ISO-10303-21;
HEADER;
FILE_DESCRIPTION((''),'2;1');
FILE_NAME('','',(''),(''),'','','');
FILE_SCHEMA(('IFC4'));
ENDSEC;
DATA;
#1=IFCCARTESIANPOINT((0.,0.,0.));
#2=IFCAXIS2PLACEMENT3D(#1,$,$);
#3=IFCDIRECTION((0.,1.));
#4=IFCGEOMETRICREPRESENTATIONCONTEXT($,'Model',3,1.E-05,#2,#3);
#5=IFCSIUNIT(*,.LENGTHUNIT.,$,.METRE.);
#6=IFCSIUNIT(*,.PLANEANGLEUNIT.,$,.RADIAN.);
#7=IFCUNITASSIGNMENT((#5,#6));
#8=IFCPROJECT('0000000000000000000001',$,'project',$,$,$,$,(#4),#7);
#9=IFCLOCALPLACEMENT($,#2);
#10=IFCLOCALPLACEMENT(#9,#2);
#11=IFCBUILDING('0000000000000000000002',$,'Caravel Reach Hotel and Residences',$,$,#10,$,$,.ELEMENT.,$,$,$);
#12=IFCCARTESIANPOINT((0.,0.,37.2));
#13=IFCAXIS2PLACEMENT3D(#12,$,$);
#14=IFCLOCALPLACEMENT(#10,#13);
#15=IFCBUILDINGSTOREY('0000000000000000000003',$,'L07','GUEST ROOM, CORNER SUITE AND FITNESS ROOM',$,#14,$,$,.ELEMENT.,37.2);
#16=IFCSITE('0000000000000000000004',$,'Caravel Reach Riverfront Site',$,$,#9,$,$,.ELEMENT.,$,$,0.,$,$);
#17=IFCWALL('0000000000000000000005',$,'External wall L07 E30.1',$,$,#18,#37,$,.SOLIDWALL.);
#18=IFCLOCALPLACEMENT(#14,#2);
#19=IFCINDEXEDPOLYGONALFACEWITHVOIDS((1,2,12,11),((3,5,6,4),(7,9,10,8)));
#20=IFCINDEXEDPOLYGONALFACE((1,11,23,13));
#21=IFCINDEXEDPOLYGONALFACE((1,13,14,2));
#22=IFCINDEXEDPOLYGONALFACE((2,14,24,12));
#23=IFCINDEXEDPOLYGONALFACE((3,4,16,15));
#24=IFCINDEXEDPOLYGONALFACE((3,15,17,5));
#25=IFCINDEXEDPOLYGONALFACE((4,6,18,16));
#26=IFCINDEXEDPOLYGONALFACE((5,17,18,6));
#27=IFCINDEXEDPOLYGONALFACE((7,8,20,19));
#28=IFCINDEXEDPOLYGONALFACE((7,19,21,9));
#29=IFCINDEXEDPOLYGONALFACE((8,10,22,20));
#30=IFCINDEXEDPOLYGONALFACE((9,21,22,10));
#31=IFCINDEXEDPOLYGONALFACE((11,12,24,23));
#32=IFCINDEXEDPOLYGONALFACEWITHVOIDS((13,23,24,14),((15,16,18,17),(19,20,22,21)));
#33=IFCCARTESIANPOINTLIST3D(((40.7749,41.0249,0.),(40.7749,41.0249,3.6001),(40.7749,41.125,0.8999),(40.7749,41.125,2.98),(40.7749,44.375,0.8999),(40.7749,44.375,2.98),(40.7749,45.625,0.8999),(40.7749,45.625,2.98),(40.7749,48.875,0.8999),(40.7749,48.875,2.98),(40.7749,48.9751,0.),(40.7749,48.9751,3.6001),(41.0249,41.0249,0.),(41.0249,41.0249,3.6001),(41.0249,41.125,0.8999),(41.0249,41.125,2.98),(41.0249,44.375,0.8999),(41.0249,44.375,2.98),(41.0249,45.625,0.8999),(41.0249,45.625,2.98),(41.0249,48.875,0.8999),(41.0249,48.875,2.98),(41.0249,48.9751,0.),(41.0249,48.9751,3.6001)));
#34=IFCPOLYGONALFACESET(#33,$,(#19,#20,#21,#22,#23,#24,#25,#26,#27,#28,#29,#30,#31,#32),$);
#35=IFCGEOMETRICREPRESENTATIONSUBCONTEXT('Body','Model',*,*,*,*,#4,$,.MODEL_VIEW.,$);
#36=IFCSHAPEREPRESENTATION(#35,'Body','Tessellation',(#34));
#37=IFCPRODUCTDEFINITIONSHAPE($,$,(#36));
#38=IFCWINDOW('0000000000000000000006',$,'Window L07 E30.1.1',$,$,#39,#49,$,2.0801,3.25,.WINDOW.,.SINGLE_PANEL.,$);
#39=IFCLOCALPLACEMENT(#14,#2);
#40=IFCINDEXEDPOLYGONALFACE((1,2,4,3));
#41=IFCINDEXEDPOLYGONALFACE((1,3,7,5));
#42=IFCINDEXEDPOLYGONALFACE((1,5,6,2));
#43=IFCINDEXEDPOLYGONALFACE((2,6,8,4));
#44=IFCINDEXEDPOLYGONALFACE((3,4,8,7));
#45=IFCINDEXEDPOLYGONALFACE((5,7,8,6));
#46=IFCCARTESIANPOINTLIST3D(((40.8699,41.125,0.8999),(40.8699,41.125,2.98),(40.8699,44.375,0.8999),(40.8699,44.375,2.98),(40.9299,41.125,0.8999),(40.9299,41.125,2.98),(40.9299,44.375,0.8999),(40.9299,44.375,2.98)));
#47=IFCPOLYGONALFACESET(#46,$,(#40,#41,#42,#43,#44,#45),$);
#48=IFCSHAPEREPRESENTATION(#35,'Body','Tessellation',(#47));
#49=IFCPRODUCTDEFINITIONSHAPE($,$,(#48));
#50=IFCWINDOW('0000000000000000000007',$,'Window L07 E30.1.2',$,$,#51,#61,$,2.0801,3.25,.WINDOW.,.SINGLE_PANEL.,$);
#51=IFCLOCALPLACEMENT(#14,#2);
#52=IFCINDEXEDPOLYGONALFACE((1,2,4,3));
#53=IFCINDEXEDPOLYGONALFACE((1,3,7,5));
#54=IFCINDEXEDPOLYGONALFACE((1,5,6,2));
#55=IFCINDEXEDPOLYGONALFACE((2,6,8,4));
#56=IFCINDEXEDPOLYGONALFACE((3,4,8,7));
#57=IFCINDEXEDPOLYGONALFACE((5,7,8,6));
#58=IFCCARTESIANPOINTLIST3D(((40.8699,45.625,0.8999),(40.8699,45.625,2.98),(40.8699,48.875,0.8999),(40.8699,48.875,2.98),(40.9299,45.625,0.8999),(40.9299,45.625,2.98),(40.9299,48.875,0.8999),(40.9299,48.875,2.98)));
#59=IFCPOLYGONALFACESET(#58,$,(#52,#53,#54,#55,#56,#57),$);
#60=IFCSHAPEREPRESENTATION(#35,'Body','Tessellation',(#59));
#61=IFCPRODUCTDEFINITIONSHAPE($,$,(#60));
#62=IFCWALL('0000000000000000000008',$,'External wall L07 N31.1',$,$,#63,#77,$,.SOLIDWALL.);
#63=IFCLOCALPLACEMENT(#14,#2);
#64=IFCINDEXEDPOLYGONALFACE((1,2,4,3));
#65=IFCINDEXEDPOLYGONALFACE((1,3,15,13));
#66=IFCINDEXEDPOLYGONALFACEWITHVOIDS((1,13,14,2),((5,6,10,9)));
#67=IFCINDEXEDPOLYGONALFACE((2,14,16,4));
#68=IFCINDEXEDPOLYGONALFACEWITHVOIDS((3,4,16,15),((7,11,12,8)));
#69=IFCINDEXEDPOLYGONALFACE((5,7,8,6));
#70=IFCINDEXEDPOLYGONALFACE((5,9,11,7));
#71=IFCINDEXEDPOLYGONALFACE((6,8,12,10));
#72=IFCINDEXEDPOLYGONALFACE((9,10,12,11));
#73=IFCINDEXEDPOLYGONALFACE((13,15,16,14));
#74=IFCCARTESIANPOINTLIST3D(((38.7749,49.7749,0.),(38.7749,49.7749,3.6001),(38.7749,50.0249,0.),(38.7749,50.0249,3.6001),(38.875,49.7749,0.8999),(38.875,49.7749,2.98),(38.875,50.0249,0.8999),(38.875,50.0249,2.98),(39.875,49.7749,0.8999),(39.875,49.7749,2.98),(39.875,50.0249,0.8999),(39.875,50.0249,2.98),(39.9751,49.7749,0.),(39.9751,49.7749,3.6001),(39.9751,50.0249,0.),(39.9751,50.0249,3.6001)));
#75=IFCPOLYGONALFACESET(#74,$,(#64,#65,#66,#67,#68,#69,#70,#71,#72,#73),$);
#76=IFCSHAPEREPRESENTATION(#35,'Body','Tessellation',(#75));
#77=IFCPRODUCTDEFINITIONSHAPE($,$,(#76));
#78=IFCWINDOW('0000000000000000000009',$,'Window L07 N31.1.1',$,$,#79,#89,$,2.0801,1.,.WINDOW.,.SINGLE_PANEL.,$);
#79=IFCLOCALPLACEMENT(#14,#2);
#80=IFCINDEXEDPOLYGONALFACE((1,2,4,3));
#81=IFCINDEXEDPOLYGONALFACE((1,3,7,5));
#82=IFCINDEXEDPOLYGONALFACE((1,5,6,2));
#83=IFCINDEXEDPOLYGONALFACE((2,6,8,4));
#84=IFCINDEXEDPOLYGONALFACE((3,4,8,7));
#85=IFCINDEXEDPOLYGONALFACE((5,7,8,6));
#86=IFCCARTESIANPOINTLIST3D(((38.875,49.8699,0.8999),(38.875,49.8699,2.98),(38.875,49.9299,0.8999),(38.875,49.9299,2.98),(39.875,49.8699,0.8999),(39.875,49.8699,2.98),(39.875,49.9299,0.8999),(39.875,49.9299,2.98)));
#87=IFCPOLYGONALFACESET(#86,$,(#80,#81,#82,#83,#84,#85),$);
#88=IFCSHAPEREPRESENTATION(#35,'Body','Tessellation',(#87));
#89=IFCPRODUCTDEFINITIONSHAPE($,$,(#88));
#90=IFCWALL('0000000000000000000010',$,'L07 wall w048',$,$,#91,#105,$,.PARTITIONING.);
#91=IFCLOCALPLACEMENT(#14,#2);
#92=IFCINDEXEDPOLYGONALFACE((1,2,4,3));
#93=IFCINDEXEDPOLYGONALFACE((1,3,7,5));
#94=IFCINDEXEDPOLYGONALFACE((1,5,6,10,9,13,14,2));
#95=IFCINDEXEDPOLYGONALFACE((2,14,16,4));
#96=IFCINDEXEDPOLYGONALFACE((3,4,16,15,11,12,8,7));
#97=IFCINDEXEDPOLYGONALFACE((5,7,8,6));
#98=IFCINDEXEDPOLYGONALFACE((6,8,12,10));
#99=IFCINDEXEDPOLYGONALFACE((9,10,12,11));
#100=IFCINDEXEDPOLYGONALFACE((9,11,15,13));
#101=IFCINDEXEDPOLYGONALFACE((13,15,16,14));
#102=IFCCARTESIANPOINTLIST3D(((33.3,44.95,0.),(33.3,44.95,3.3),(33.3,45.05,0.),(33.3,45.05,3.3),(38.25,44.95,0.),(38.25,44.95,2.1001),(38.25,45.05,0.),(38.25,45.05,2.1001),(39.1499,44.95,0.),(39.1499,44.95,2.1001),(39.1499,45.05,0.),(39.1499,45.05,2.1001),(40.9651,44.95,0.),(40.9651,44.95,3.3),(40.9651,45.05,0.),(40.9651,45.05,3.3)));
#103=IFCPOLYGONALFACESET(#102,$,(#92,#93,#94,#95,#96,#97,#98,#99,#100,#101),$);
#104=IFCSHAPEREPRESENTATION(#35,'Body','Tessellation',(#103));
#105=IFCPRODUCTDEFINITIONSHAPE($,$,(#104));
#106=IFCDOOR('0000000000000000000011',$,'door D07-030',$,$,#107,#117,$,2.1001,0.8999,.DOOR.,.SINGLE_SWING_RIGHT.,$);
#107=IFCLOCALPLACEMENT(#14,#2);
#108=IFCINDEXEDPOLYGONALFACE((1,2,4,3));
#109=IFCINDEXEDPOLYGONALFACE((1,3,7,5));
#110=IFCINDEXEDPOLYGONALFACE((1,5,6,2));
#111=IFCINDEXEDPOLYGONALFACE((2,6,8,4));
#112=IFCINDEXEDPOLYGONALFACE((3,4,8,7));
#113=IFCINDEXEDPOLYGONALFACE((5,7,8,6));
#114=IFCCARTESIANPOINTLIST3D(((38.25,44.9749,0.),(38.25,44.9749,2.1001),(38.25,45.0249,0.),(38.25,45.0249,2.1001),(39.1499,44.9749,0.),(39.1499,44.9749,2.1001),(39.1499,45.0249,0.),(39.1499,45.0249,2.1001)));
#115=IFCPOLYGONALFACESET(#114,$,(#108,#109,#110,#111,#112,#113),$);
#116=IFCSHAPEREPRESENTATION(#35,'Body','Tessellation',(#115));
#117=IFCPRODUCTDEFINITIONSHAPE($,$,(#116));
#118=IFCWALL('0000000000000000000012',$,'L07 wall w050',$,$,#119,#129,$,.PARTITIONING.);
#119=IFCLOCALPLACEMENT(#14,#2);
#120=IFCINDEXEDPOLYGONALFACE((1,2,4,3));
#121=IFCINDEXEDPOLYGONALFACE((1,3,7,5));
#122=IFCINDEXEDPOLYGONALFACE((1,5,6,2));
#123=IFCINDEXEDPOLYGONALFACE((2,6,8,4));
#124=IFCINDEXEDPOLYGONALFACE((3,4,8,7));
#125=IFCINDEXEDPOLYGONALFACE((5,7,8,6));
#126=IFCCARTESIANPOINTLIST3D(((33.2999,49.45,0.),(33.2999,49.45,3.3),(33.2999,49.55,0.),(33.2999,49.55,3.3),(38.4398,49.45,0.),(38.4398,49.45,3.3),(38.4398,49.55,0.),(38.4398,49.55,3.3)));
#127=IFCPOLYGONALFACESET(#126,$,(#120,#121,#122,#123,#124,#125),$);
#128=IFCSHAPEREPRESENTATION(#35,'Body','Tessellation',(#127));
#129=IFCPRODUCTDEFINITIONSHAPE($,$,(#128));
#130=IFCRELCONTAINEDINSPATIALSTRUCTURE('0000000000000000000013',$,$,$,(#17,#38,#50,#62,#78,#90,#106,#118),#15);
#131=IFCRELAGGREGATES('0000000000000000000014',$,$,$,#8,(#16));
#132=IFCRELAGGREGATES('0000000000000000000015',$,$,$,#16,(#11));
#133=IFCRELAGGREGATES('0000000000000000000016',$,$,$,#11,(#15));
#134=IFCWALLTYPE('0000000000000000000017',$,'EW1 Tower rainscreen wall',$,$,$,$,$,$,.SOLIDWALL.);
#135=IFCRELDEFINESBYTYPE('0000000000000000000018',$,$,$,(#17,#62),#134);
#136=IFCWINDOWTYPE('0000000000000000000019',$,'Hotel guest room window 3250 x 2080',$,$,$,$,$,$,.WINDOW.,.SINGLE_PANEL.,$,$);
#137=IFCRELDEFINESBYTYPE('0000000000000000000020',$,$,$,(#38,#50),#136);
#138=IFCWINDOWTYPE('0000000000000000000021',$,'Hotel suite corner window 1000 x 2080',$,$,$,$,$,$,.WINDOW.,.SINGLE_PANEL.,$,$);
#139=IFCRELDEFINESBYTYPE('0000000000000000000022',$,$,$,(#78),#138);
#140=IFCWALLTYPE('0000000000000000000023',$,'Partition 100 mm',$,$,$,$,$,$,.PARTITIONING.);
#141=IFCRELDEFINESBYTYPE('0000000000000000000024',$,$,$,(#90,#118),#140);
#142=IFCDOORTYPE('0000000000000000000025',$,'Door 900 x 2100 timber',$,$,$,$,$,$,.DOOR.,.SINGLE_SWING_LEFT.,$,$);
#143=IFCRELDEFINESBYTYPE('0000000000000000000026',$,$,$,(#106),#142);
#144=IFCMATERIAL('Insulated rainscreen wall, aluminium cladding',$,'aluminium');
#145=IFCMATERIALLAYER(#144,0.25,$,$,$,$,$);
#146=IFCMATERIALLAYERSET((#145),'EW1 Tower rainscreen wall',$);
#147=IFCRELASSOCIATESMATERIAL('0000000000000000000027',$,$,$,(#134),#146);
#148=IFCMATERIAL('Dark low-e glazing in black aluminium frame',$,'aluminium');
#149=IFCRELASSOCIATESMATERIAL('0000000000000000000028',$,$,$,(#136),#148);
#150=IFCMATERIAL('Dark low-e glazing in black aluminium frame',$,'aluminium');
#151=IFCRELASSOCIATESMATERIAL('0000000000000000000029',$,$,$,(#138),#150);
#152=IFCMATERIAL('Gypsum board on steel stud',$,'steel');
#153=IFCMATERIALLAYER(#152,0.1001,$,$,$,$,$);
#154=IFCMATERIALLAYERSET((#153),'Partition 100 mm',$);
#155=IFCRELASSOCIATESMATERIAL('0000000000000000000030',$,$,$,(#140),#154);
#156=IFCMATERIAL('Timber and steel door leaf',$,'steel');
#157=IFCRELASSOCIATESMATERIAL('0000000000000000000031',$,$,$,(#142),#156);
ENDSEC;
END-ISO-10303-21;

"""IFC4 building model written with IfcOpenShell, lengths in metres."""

from ifc_helpers import new_model, si_unit, direction, frame, frame_2d, origin, place, context, subcontext, project, spatial, rectangle, extrude, material, layer, layer_set, type_object, element, fill, save


model = new_model("IFC4")

# Units and contexts
model_context = context("Model", 3, precision=1e-05, world=origin(), true_north=direction((0.0, 1.0)))
body_context = subcontext(model_context, "Body", "Model", "MODEL_VIEW")
ifc_project = project(units=[si_unit("LENGTHUNIT", "METRE"), si_unit("PLANEANGLEUNIT", "RADIAN")], contexts=[model_context])

# Site, building, storey
site_placement = place(None, origin())
site = spatial("IfcSite", under=ifc_project, at=site_placement, Name="Caravel Reach Riverfront Site", CompositionType="ELEMENT", RefElevation=0.0)
building_placement = place(site_placement, origin())
building = spatial("IfcBuilding", under=site, at=building_placement, Name="Caravel Reach Hotel and Residences", CompositionType="ELEMENT")
storey_placement = place(building_placement, frame((0.0, 0.0, 37.2)))
storey = spatial("IfcBuildingStorey", under=building, at=storey_placement, Name="L07", Description="GUEST ROOM, CORNER SUITE AND FITNESS ROOM", CompositionType="ELEMENT", Elevation=37.2)

# Wall, openings, windows
ifc_material_1 = material(Name="Insulated rainscreen wall, aluminium cladding", Category="aluminium")
ifc_layer_1 = layer(ifc_material_1, 0.25)
ifc_layer_set_1 = layer_set([ifc_layer_1], Name="EW1 Tower rainscreen wall")
wall_type_1 = type_object("IfcWallType", Name="EW1 Tower rainscreen wall", PredefinedType="SOLIDWALL", material=ifc_layer_set_1)
wall_1_placement = place(storey_placement, frame((40.8999, 41.0249, 0.0), z_axis=(0.0, 0.0, 1.0), x_axis=(0.0, 1.0, 0.0)))
wall_1 = element("IfcWall", 1, at=wall_1_placement, inside=storey, type_object=wall_type_1, Name="External wall L07 E30.1", PredefinedType="SOLIDWALL", context=body_context, shape_type="SweptSolid", body=[
    extrude(rectangle(XDim=7.9502, YDim=0.25, at=frame_2d((3.9751, 0.0))), origin(), (0.0, 0.0, 1.0), 3.6001),
])
opening_1_placement = place(wall_1_placement, frame((0.1001, 0.0, 0.8999)))
opening_1 = element("IfcOpeningElement", 2, at=opening_1_placement, cuts=wall_1, PredefinedType="OPENING", context=body_context, shape_type="SweptSolid", body=[
    extrude(rectangle(XDim=3.25, YDim=2.0801, at=frame_2d((1.625, 1.04))), frame((0.0, 0.135, 0.0), z_axis=(0.0, -1.0, 0.0), x_axis=(1.0, 0.0, 0.0)), (0.0, 0.0, 1.0), 0.27),
])
opening_2_placement = place(wall_1_placement, frame((4.6001, 0.0, 0.8999)))
opening_2 = element("IfcOpeningElement", 3, at=opening_2_placement, cuts=wall_1, PredefinedType="OPENING", context=body_context, shape_type="SweptSolid", body=[
    extrude(rectangle(XDim=3.25, YDim=2.0801, at=frame_2d((1.625, 1.04))), frame((0.0, 0.135, 0.0), z_axis=(0.0, -1.0, 0.0), x_axis=(1.0, 0.0, 0.0)), (0.0, 0.0, 1.0), 0.27),
])
ifc_material_2 = material(Name="Dark low-e glazing in black aluminium frame", Category="aluminium")
window_type_1 = type_object("IfcWindowType", Name="Hotel guest room window 3250 x 2080", PartitioningType="SINGLE_PANEL", PredefinedType="WINDOW", material=ifc_material_2)
window_1_placement = place(opening_1_placement, origin())
window_1 = element("IfcWindow", 4, at=window_1_placement, inside=storey, type_object=window_type_1, Name="Window L07 E30.1.1", OverallHeight=2.0801, OverallWidth=3.25, PartitioningType="SINGLE_PANEL", PredefinedType="WINDOW", context=body_context, shape_type="SweptSolid", body=[
    extrude(rectangle(XDim=3.25, YDim=2.0801, at=frame_2d((1.625, 1.04))), frame((0.0, 0.03, 0.0), z_axis=(0.0, -1.0, 0.0), x_axis=(1.0, 0.0, 0.0)), (0.0, 0.0, 1.0), 0.0601),
])
fill(opening_1, window_1)
window_2_placement = place(opening_2_placement, origin())
window_2 = element("IfcWindow", 5, at=window_2_placement, inside=storey, type_object=window_type_1, Name="Window L07 E30.1.2", OverallHeight=2.0801, OverallWidth=3.25, PartitioningType="SINGLE_PANEL", PredefinedType="WINDOW", context=body_context, shape_type="SweptSolid", body=[
    extrude(rectangle(XDim=3.25, YDim=2.0801, at=frame_2d((1.625, 1.04))), frame((0.0, 0.03, 0.0), z_axis=(0.0, -1.0, 0.0), x_axis=(1.0, 0.0, 0.0)), (0.0, 0.0, 1.0), 0.0601),
])
fill(opening_2, window_2)

# Wall, opening, window
wall_2_placement = place(storey_placement, frame((39.9751, 49.8999, 0.0), z_axis=(0.0, 0.0, 1.0), x_axis=(-1.0, 0.0, 0.0)))
wall_2 = element("IfcWall", 6, at=wall_2_placement, inside=storey, type_object=wall_type_1, Name="External wall L07 N31.1", PredefinedType="SOLIDWALL", context=body_context, shape_type="SweptSolid", body=[
    extrude(rectangle(XDim=1.2002, YDim=0.25, at=frame_2d((0.6001, 0.0))), origin(), (0.0, 0.0, 1.0), 3.6001),
])
opening_3_placement = place(wall_2_placement, frame((0.1001, 0.0, 0.8999)))
opening_3 = element("IfcOpeningElement", 7, at=opening_3_placement, cuts=wall_2, PredefinedType="OPENING", context=body_context, shape_type="SweptSolid", body=[
    extrude(rectangle(XDim=1.0, YDim=2.0801, at=frame_2d((0.5, 1.04))), frame((0.0, 0.135, 0.0), z_axis=(0.0, -1.0, 0.0), x_axis=(1.0, 0.0, 0.0)), (0.0, 0.0, 1.0), 0.27),
])
ifc_material_3 = material(Name="Dark low-e glazing in black aluminium frame", Category="aluminium")
window_type_2 = type_object("IfcWindowType", Name="Hotel suite corner window 1000 x 2080", PartitioningType="SINGLE_PANEL", PredefinedType="WINDOW", material=ifc_material_3)
window_3_placement = place(opening_3_placement, origin())
window_3 = element("IfcWindow", 8, at=window_3_placement, inside=storey, type_object=window_type_2, Name="Window L07 N31.1.1", OverallHeight=2.0801, OverallWidth=1.0, PartitioningType="SINGLE_PANEL", PredefinedType="WINDOW", context=body_context, shape_type="SweptSolid", body=[
    extrude(rectangle(XDim=1.0, YDim=2.0801, at=frame_2d((0.5, 1.04))), frame((0.0, 0.03, 0.0), z_axis=(0.0, -1.0, 0.0), x_axis=(1.0, 0.0, 0.0)), (0.0, 0.0, 1.0), 0.0601),
])
fill(opening_3, window_3)

# Wall, opening, door
ifc_material_4 = material(Name="Gypsum board on steel stud", Category="steel")
ifc_layer_2 = layer(ifc_material_4, 0.1001)
ifc_layer_set_2 = layer_set([ifc_layer_2], Name="Partition 100 mm")
wall_type_2 = type_object("IfcWallType", Name="Partition 100 mm", PredefinedType="PARTITIONING", material=ifc_layer_set_2)
wall_3_placement = place(storey_placement, frame((33.3, 45.0, 0.0), z_axis=(0.0, 0.0, 1.0), x_axis=(1.0, 0.0, 0.0)))
wall_3 = element("IfcWall", 9, at=wall_3_placement, inside=storey, type_object=wall_type_2, Name="L07 wall w048", PredefinedType="PARTITIONING", context=body_context, shape_type="SweptSolid", body=[
    extrude(rectangle(XDim=7.665, YDim=0.1001, at=frame_2d((3.8325, 0.0))), origin(), (0.0, 0.0, 1.0), 3.3),
])
opening_4_placement = place(wall_3_placement, frame((4.95, 0.0, 0.0)))
opening_4 = element("IfcOpeningElement", 10, at=opening_4_placement, cuts=wall_3, PredefinedType="OPENING", context=body_context, shape_type="SweptSolid", body=[
    extrude(rectangle(XDim=0.8999, YDim=2.1001, at=frame_2d((0.45, 1.05))), frame((0.0, 0.0601, 0.0), z_axis=(0.0, -1.0, 0.0), x_axis=(1.0, 0.0, 0.0)), (0.0, 0.0, 1.0), 0.1201),
])
ifc_material_5 = material(Name="Timber and steel door leaf", Category="steel")
door_type_1 = type_object("IfcDoorType", Name="Door 900 x 2100 timber", OperationType="SINGLE_SWING_LEFT", PredefinedType="DOOR", material=ifc_material_5)
door_1_placement = place(opening_4_placement, origin())
door_1 = element("IfcDoor", 11, at=door_1_placement, inside=storey, type_object=door_type_1, Name="door D07-030", OperationType="SINGLE_SWING_RIGHT", OverallHeight=2.1001, OverallWidth=0.8999, PredefinedType="DOOR", context=body_context, shape_type="SweptSolid", body=[
    extrude(rectangle(XDim=0.8999, YDim=2.1001, at=frame_2d((0.45, 1.05))), frame((0.0, 0.0249, 0.0), z_axis=(0.0, -1.0, 0.0), x_axis=(1.0, 0.0, 0.0)), (0.0, 0.0, 1.0), 0.05),
])
fill(opening_4, door_1)

# Wall
wall_4_placement = place(storey_placement, frame((33.3, 49.5, 0.0), z_axis=(0.0, 0.0, 1.0), x_axis=(1.0, 0.0, 0.0)))
element("IfcWall", 12, at=wall_4_placement, inside=storey, type_object=wall_type_2, Name="L07 wall w050", PredefinedType="PARTITIONING", context=body_context, shape_type="SweptSolid", body=[
    extrude(rectangle(XDim=5.1399, YDim=0.1001, at=frame_2d((2.5698, 0.0))), origin(), (0.0, 0.0, 1.0), 3.3),
])

save(model, "model.ifc")
